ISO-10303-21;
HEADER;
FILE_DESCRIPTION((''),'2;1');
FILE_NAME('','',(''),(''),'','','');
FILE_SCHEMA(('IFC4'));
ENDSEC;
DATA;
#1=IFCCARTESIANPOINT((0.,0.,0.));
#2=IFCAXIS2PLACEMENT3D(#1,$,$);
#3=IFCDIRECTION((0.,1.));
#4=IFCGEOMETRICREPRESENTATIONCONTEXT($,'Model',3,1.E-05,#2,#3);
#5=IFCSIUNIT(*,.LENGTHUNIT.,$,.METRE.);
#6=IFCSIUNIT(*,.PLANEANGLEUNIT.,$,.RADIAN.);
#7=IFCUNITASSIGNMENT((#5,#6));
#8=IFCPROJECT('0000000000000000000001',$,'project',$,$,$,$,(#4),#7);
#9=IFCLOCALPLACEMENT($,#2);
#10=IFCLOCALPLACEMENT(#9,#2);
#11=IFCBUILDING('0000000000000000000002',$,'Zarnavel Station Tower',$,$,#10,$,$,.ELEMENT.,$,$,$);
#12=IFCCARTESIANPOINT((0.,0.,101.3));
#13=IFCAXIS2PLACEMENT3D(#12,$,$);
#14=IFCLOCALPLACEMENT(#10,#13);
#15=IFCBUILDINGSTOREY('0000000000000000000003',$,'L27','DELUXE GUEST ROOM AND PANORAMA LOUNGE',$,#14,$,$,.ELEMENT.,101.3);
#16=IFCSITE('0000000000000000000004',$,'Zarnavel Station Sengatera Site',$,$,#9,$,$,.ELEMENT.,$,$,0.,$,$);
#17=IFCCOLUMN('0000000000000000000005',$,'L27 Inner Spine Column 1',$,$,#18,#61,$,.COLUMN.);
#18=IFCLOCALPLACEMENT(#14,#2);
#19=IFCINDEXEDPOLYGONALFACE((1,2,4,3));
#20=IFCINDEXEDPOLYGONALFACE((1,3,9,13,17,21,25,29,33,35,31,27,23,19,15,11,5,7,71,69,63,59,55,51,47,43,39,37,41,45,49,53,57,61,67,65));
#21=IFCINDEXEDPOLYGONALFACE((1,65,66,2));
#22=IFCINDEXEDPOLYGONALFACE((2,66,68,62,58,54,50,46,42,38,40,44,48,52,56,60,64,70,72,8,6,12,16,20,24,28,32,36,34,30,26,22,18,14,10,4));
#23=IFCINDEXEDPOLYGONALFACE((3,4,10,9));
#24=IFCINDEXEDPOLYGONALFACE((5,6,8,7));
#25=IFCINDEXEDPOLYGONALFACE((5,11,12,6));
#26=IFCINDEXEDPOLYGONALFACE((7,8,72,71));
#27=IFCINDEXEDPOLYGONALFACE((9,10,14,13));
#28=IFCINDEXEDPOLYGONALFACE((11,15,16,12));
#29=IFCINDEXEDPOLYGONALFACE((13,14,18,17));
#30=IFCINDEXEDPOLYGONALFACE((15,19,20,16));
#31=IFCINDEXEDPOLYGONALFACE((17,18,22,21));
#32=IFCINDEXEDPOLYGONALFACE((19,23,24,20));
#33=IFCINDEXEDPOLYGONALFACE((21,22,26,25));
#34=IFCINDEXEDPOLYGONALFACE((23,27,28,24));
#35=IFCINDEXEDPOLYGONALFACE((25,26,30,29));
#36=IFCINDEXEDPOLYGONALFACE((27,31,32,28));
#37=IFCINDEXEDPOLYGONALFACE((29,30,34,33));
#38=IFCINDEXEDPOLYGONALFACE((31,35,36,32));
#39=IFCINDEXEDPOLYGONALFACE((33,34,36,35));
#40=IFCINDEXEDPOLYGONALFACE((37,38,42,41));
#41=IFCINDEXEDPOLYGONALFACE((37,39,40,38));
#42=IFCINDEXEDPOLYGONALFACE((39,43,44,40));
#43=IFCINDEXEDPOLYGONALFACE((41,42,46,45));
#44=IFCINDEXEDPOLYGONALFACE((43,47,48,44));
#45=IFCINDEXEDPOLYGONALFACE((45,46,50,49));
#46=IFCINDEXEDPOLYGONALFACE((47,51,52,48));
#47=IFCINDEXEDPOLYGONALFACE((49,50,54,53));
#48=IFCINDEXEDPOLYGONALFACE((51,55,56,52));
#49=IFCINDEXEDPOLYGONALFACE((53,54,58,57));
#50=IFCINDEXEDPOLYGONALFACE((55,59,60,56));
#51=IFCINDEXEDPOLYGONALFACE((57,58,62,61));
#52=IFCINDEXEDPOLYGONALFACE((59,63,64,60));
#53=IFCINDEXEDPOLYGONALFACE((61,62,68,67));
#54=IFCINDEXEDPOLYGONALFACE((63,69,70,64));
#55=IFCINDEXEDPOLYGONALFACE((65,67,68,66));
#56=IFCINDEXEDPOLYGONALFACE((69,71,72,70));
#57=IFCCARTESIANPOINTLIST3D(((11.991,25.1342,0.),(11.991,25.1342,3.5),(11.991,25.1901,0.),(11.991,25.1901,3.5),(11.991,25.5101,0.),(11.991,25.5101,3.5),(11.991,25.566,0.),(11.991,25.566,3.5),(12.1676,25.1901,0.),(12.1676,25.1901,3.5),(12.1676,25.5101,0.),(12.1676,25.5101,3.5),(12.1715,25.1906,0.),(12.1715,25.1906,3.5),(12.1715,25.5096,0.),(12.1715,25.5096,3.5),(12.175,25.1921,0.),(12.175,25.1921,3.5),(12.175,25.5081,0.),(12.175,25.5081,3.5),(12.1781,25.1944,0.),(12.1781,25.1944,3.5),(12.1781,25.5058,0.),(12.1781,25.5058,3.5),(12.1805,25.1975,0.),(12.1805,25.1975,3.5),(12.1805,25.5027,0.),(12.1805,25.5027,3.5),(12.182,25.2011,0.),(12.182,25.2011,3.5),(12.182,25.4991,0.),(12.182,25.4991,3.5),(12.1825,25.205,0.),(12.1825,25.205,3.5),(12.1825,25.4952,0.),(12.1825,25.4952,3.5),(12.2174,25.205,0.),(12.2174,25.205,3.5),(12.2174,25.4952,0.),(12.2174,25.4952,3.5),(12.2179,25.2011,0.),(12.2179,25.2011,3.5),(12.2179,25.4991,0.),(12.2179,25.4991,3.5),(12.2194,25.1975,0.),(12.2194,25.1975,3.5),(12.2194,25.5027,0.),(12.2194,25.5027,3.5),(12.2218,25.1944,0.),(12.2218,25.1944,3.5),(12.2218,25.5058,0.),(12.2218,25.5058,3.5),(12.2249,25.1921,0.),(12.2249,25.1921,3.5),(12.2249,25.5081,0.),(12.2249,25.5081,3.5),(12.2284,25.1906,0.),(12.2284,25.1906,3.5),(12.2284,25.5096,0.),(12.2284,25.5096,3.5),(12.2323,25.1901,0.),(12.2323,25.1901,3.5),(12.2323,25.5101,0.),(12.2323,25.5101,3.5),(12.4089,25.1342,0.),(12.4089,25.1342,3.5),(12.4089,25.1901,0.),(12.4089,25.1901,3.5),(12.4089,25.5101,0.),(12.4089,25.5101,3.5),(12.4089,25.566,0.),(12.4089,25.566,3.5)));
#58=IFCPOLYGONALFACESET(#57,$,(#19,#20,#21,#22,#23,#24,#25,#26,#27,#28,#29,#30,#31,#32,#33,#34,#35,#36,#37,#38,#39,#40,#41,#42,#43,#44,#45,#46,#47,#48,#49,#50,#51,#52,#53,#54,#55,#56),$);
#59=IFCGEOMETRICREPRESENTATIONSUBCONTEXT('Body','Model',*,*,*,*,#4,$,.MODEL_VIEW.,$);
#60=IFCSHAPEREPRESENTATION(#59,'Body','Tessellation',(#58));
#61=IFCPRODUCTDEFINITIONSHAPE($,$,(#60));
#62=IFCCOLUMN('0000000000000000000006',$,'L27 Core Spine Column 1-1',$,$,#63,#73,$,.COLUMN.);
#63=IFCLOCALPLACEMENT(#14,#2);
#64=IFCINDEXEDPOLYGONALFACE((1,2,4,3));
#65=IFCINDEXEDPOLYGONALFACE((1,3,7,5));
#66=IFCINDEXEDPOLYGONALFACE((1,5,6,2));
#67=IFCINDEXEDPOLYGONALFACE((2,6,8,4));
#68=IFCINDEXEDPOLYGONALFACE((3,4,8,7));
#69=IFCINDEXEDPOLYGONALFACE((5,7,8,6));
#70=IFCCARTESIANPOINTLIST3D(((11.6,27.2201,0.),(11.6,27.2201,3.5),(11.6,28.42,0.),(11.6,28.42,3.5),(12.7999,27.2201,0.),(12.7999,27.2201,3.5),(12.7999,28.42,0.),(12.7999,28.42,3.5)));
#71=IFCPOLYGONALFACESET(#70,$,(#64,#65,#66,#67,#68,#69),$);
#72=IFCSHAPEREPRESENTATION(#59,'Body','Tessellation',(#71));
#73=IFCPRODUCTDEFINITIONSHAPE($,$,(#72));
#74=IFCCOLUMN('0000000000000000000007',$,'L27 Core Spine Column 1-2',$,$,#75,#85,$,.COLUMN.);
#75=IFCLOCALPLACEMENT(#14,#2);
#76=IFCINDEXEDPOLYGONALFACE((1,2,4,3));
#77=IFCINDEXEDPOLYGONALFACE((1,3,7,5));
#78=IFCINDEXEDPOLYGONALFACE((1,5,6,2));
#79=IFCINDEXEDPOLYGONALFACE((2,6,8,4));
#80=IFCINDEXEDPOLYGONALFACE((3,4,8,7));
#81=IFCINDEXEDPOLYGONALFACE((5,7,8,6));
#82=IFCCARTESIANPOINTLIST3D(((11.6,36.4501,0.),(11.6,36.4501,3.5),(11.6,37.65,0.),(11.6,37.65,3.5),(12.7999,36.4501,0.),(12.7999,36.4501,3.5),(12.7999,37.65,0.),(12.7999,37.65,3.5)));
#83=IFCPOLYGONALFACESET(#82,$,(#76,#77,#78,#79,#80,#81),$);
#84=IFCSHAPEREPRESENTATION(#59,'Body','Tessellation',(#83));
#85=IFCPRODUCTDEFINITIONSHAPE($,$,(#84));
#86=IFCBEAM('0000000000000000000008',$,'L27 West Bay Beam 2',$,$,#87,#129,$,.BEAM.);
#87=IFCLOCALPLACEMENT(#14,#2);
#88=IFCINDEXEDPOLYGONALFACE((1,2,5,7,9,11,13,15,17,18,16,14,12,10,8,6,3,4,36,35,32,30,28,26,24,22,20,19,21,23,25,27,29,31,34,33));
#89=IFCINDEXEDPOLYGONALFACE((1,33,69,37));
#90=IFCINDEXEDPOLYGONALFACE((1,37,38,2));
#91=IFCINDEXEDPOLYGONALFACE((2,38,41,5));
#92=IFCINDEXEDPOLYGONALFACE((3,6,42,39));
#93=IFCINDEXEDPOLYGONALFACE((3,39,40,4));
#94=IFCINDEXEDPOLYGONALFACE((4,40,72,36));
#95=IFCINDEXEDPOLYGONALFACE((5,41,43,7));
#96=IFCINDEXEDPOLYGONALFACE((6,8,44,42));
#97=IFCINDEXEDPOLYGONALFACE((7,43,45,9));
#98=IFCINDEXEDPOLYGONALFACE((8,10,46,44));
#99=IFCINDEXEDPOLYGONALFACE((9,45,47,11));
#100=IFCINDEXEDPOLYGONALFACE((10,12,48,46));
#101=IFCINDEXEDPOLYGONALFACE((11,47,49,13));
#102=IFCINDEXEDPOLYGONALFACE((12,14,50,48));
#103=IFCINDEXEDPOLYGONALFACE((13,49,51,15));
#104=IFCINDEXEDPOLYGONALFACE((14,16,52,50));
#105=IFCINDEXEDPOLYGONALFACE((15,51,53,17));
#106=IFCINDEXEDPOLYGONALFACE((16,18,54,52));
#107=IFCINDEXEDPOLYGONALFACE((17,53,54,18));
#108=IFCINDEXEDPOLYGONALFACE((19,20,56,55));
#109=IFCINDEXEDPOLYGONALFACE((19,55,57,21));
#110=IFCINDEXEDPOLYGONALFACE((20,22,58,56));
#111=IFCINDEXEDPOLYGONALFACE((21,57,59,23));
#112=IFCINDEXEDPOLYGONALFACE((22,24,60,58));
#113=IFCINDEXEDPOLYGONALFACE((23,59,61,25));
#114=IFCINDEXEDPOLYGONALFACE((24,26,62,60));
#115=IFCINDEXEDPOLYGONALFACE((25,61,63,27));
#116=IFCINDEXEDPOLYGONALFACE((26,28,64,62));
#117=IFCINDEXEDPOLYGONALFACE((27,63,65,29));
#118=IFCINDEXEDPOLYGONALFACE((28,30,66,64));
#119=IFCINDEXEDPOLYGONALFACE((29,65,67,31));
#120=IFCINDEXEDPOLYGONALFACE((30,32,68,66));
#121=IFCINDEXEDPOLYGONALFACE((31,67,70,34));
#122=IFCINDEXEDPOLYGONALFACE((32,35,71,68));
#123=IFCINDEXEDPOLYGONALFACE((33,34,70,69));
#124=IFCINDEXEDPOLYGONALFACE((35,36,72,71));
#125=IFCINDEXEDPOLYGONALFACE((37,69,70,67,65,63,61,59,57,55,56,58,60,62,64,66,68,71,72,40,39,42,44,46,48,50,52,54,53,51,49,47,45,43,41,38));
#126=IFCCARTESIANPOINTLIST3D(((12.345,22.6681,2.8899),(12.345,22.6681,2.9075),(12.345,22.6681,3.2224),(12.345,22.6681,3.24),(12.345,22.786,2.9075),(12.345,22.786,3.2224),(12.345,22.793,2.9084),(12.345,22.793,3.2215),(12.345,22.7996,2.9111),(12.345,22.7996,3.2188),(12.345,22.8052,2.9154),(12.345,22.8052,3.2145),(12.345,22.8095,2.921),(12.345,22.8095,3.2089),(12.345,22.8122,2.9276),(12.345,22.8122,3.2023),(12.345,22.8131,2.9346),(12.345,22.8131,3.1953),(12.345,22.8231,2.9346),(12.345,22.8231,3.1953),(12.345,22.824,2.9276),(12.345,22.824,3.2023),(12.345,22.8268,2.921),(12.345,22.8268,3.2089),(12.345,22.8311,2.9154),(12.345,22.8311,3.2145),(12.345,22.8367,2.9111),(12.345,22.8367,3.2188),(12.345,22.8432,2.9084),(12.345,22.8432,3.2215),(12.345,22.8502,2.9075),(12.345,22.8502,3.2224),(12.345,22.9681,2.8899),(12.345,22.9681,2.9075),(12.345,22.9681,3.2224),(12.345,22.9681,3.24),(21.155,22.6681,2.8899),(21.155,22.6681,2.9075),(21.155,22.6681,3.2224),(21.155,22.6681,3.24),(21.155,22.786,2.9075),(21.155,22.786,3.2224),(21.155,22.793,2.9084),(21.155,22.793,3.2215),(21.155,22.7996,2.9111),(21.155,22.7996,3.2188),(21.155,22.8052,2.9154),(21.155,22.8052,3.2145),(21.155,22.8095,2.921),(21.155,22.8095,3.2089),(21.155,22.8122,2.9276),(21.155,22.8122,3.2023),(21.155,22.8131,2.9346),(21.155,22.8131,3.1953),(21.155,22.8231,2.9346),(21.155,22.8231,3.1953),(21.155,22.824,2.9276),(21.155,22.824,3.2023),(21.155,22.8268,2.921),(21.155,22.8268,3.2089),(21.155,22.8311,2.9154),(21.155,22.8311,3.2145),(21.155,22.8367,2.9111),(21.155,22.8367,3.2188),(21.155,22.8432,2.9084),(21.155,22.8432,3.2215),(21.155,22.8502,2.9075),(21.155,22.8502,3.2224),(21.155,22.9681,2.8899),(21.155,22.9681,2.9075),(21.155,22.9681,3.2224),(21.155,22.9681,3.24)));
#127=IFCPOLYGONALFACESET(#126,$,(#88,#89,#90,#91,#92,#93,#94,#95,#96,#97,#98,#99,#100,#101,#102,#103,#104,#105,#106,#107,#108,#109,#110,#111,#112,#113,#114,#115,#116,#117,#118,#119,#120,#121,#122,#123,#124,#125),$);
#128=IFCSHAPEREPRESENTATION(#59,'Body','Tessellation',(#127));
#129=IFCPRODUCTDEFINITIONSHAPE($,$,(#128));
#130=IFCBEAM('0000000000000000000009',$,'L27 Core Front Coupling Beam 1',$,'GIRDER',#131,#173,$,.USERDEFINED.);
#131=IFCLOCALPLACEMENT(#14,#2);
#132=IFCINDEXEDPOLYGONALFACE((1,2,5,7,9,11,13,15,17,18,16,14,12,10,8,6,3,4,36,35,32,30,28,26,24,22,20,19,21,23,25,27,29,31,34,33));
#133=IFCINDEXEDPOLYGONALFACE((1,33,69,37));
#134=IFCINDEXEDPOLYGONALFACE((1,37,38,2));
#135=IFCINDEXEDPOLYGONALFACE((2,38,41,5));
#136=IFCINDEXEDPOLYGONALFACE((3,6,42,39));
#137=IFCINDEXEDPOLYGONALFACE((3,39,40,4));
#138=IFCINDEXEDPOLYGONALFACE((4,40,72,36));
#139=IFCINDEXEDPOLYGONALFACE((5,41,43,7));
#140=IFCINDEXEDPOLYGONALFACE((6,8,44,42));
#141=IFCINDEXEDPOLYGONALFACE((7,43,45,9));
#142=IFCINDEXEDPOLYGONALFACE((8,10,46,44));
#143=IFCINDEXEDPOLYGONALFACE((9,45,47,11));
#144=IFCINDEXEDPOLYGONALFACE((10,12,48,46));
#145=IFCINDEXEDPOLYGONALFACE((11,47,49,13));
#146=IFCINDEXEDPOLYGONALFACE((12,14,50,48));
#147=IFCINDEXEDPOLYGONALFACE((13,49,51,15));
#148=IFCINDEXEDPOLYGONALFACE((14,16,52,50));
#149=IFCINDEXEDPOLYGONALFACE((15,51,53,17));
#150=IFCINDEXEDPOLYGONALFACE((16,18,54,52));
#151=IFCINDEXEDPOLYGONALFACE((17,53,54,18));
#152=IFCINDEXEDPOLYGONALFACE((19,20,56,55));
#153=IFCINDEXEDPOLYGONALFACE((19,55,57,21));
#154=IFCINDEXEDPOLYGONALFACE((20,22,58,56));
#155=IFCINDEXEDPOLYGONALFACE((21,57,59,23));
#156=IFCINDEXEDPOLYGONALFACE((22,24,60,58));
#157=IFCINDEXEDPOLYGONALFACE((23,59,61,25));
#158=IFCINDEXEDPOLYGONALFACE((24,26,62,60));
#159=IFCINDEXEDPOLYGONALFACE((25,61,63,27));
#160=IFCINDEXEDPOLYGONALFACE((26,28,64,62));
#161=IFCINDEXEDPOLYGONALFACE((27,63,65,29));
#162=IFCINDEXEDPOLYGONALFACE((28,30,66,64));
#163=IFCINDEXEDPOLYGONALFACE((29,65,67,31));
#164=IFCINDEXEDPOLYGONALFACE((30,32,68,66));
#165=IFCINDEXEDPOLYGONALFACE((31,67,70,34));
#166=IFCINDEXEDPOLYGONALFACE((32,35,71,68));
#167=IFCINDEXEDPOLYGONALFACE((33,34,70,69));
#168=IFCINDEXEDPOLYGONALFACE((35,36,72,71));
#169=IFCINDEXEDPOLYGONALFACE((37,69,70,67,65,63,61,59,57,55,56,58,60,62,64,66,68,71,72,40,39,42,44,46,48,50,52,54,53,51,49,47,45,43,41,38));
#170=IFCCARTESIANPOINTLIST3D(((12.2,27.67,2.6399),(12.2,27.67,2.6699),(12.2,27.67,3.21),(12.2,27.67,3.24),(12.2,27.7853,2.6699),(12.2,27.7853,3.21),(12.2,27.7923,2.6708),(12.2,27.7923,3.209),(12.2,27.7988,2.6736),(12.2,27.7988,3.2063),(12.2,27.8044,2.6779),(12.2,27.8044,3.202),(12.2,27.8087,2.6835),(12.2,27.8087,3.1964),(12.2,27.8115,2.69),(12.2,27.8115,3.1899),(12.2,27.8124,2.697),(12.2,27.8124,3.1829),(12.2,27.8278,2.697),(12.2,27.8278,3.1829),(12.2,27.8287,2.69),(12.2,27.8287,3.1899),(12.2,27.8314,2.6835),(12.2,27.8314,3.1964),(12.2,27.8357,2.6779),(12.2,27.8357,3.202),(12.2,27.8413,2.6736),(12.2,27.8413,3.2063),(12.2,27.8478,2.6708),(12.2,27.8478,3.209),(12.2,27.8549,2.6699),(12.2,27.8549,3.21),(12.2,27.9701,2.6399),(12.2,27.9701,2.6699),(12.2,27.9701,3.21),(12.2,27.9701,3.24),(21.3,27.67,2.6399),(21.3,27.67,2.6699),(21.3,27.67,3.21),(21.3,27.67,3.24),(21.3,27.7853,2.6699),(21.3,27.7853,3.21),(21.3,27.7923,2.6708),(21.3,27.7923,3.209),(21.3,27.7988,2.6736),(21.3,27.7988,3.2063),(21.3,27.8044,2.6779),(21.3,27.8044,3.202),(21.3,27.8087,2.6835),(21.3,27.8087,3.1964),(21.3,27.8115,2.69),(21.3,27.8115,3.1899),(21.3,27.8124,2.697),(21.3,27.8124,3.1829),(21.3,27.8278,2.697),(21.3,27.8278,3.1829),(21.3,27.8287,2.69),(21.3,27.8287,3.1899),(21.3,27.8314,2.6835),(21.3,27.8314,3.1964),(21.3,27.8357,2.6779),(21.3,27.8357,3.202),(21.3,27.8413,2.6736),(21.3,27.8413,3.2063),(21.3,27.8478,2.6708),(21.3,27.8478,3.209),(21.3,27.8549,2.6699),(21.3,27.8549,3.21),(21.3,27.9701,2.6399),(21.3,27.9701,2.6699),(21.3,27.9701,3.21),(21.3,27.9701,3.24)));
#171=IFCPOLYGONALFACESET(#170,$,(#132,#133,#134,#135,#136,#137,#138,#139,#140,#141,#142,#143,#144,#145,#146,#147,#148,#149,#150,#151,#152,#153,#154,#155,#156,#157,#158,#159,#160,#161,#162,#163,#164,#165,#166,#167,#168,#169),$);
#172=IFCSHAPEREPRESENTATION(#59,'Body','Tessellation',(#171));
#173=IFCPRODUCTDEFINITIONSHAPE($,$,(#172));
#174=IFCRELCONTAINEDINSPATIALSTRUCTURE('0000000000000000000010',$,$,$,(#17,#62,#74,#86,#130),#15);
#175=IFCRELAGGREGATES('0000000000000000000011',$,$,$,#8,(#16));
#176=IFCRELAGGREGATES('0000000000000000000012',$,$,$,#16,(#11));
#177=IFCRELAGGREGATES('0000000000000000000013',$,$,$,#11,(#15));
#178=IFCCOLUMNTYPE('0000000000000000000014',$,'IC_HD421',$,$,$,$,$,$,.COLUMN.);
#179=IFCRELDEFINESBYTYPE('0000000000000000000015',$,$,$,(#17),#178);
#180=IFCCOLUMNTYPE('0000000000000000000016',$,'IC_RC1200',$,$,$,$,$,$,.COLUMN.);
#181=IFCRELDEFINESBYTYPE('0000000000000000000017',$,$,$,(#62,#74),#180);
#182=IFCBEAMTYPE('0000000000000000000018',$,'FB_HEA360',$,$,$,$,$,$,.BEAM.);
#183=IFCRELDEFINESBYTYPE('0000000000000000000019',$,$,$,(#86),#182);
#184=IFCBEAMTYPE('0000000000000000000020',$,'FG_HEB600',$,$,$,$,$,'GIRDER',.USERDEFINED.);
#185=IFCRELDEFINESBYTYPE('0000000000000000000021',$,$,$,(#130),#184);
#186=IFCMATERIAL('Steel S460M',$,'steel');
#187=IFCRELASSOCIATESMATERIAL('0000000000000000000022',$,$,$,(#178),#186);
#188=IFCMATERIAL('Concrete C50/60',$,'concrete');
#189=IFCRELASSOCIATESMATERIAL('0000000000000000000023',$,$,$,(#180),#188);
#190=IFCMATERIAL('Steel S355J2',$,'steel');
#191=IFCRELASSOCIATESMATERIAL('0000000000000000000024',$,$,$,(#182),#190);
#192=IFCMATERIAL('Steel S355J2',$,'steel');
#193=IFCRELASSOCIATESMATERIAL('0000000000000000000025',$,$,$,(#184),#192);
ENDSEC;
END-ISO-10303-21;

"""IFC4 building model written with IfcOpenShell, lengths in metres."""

from ifc_helpers import new_model, si_unit, direction, frame, origin, origin_2d, place, context, subcontext, project, spatial, rectangle, i_section, extrude, material, material_profile, profile_set, type_object, element, save


model = new_model("IFC4")

# Units and contexts
model_context = context("Model", 3, precision=1e-05, world=origin(), true_north=direction((0.0, 1.0)))
body_context = subcontext(model_context, "Body", "Model", "MODEL_VIEW")
ifc_project = project(units=[si_unit("LENGTHUNIT", "METRE"), si_unit("PLANEANGLEUNIT", "RADIAN")], contexts=[model_context])

# Site, building, storey
site_placement = place(None, origin())
site = spatial("IfcSite", under=ifc_project, at=site_placement, Name="Zarnavel Station Sengatera Site", CompositionType="ELEMENT", RefElevation=0.0)
building_placement = place(site_placement, origin())
building = spatial("IfcBuilding", under=site, at=building_placement, Name="Zarnavel Station Tower", CompositionType="ELEMENT")
storey_placement = place(building_placement, frame((0.0, 0.0, 101.3)))
storey = spatial("IfcBuildingStorey", under=building, at=storey_placement, Name="L27", Description="DELUXE GUEST ROOM AND PANORAMA LOUNGE", CompositionType="ELEMENT", Elevation=101.3)

# Columns
ifc_material_1 = material(Name="Steel S460M", Category="steel")
ifc_material_profile_1 = material_profile(ifc_material_1, i_section(OverallWidth=0.418, OverallDepth=0.4319, WebThickness=0.0349, FlangeThickness=0.0559, FilletRadius=0.0149, at=origin_2d()), Name="HD400x421")
ifc_profile_set_1 = profile_set([ifc_material_profile_1], Name="Steel S460M")
column_type_1 = type_object("IfcColumnType", Name="IC_HD421", PredefinedType="COLUMN", material=ifc_profile_set_1)
column_placement = place(storey_placement, frame((12.2, 25.3501, 0.0), z_axis=(0.0, 0.0, 1.0), x_axis=(1.0, 0.0, 0.0)))
element("IfcColumn", 1, at=column_placement, inside=storey, type_object=column_type_1, Name="L27 Inner Spine Column 1", PredefinedType="COLUMN", context=body_context, shape_type="SweptSolid", body=[
    extrude(i_section(OverallWidth=0.418, OverallDepth=0.4319, WebThickness=0.0349, FlangeThickness=0.0559, FilletRadius=0.0149, at=origin_2d()), origin(), (0.0, 0.0, 1.0), 3.5),
])
ifc_material_2 = material(Name="Concrete C50/60", Category="concrete")
ifc_material_profile_2 = material_profile(ifc_material_2, rectangle(XDim=1.2, YDim=1.2, at=origin_2d()), Name="RC1200x1200")
ifc_profile_set_2 = profile_set([ifc_material_profile_2], Name="Concrete C50/60")
column_type_2 = type_object("IfcColumnType", Name="IC_RC1200", PredefinedType="COLUMN", material=ifc_profile_set_2)
for number, where, z_axis, x_axis, name in (
    (2, (12.2, 27.8201, 0.0), (0.0, 0.0, 1.0), (1.0, 0.0, 0.0), "L27 Core Spine Column 1-1"),
    (3, (12.2, 37.05, 0.0), (0.0, 0.0, 1.0), (1.0, 0.0, 0.0), "L27 Core Spine Column 1-2"),
):
    element("IfcColumn", number, at=place(storey_placement, frame(where, z_axis=z_axis, x_axis=x_axis)), inside=storey, type_object=column_type_2, Name=name, PredefinedType="COLUMN", context=body_context, shape_type="SweptSolid", body=[
        extrude(rectangle(XDim=1.2, YDim=1.2, at=origin_2d()), origin(), (0.0, 0.0, 1.0), 3.5),
    ])

# Beams
ifc_material_3 = material(Name="Steel S355J2", Category="steel")
ifc_material_profile_3 = material_profile(ifc_material_3, i_section(OverallWidth=0.3, OverallDepth=0.3501, WebThickness=0.01, FlangeThickness=0.0176, FilletRadius=0.0271, at=origin_2d()), Name="HEA360")
ifc_profile_set_3 = profile_set([ifc_material_profile_3], Name="Steel S355J2")
beam_type_1 = type_object("IfcBeamType", Name="FB_HEA360", PredefinedType="BEAM", material=ifc_profile_set_3)
beam_1_placement = place(storey_placement, frame((12.345, 22.8181, 3.0649), z_axis=(1.0, 0.0, 0.0), x_axis=(0.0, 1.0, 0.0)))
element("IfcBeam", 4, at=beam_1_placement, inside=storey, type_object=beam_type_1, Name="L27 West Bay Beam 2", PredefinedType="BEAM", context=body_context, shape_type="SweptSolid", body=[
    extrude(i_section(OverallWidth=0.3, OverallDepth=0.3501, WebThickness=0.01, FlangeThickness=0.0176, FilletRadius=0.0271, at=origin_2d()), origin(), (0.0, 0.0, 1.0), 8.8101),
])
ifc_material_4 = material(Name="Steel S355J2", Category="steel")
ifc_material_profile_4 = material_profile(ifc_material_4, i_section(OverallWidth=0.3, OverallDepth=0.6001, WebThickness=0.0154, FlangeThickness=0.03, FilletRadius=0.0271, at=origin_2d()), Name="HEB600")
ifc_profile_set_4 = profile_set([ifc_material_profile_4], Name="Steel S355J2")
beam_type_2 = type_object("IfcBeamType", Name="FG_HEB600", ElementType="GIRDER", PredefinedType="USERDEFINED", material=ifc_profile_set_4)
beam_2_placement = place(storey_placement, frame((12.2, 27.8201, 2.9399), z_axis=(1.0, 0.0, 0.0), x_axis=(0.0, 1.0, 0.0)))
element("IfcBeam", 5, at=beam_2_placement, inside=storey, type_object=beam_type_2, Name="L27 Core Front Coupling Beam 1", ObjectType="GIRDER", PredefinedType="USERDEFINED", context=body_context, shape_type="SweptSolid", body=[
    extrude(i_section(OverallWidth=0.3, OverallDepth=0.6001, WebThickness=0.0154, FlangeThickness=0.03, FilletRadius=0.0271, at=origin_2d()), origin(), (0.0, 0.0, 1.0), 9.1001),
])

save(model, "model.ifc")
